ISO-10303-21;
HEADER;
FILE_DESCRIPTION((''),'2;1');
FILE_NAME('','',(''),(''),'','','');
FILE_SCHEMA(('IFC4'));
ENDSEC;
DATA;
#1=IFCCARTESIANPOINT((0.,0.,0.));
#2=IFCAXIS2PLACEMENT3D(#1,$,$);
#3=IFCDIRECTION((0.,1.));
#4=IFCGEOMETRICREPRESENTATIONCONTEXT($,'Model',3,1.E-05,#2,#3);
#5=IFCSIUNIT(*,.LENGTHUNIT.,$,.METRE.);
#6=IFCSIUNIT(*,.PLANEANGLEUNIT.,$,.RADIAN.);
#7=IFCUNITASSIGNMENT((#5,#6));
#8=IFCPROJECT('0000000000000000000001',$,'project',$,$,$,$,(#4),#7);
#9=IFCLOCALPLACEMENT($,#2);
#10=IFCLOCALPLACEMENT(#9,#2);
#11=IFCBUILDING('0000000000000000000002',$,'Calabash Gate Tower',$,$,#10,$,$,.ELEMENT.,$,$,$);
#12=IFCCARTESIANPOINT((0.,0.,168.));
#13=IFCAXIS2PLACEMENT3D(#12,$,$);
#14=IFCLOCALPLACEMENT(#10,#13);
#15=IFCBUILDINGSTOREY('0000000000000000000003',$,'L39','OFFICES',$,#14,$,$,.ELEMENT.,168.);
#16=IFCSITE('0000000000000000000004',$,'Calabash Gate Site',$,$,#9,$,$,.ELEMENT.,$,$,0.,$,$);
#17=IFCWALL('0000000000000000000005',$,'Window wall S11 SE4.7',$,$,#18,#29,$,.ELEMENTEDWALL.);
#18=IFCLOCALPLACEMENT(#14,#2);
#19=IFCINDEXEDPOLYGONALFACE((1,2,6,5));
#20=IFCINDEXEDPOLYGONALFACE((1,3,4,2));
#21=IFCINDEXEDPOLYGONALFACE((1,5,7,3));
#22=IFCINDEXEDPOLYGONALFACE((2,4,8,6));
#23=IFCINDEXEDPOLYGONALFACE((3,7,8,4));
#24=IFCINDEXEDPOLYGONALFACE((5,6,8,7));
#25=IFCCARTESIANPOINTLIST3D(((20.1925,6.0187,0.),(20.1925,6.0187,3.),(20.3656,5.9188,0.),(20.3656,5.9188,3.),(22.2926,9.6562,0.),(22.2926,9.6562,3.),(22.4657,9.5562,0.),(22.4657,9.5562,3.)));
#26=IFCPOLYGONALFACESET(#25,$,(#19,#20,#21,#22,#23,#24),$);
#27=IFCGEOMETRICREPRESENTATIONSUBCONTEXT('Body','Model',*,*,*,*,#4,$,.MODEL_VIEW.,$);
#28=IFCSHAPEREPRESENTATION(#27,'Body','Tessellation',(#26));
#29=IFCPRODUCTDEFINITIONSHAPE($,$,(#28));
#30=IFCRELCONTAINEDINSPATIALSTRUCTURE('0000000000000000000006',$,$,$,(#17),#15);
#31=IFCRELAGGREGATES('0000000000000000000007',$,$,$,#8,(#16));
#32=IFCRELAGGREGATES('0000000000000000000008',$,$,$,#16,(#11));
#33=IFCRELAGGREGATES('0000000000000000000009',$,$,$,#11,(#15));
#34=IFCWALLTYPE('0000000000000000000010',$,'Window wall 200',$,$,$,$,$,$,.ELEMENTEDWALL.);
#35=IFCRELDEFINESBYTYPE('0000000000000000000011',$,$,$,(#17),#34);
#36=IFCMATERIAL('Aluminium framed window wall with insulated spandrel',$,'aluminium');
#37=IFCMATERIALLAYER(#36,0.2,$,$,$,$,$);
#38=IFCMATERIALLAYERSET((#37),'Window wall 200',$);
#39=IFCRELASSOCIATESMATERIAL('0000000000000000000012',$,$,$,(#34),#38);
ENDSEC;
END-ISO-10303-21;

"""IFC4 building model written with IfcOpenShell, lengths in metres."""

from ifc_helpers import new_model, si_unit, direction, frame, frame_2d, origin, place, context, subcontext, project, spatial, rectangle, extrude, material, layer, layer_set, type_object, element, save


model = new_model("IFC4")

# Units and contexts
model_context = context("Model", 3, precision=1e-05, world=origin(), true_north=direction((0.0, 1.0)))
body_context = subcontext(model_context, "Body", "Model", "MODEL_VIEW")
ifc_project = project(units=[si_unit("LENGTHUNIT", "METRE"), si_unit("PLANEANGLEUNIT", "RADIAN")], contexts=[model_context])

# Site, building, storey
site_placement = place(None, origin())
site = spatial("IfcSite", under=ifc_project, at=site_placement, Name="Calabash Gate Site", CompositionType="ELEMENT", RefElevation=0.0)
building_placement = place(site_placement, origin())
building = spatial("IfcBuilding", under=site, at=building_placement, Name="Calabash Gate Tower", CompositionType="ELEMENT")
storey_placement = place(building_placement, frame((0.0, 0.0, 168.0)))
storey = spatial("IfcBuildingStorey", under=building, at=storey_placement, Name="L39", Description="OFFICES", CompositionType="ELEMENT", Elevation=168.0)

# Wall
ifc_material_1 = material(Name="Aluminium framed window wall with insulated spandrel", Category="aluminium")
ifc_layer_1 = layer(ifc_material_1, 0.2)
ifc_layer_set_1 = layer_set([ifc_layer_1], Name="Window wall 200")
wall_type_1 = type_object("IfcWallType", Name="Window wall 200", PredefinedType="ELEMENTEDWALL", material=ifc_layer_set_1)
wall_1_placement = place(storey_placement, frame((20.2791, 5.9688, 0.0), z_axis=(0.0, 0.0, 1.0), x_axis=(0.500003, 0.866024, 0.0)))
element("IfcWall", 1, at=wall_1_placement, inside=storey, type_object=wall_type_1, Name="Window wall S11 SE4.7", PredefinedType="ELEMENTEDWALL", context=body_context, shape_type="SweptSolid", body=[
    extrude(rectangle(XDim=4.2002, YDim=0.2, at=frame_2d((2.1001, 0.0))), origin(), (0.0, 0.0, 1.0), 3.0),
])

save(model, "model.ifc")
